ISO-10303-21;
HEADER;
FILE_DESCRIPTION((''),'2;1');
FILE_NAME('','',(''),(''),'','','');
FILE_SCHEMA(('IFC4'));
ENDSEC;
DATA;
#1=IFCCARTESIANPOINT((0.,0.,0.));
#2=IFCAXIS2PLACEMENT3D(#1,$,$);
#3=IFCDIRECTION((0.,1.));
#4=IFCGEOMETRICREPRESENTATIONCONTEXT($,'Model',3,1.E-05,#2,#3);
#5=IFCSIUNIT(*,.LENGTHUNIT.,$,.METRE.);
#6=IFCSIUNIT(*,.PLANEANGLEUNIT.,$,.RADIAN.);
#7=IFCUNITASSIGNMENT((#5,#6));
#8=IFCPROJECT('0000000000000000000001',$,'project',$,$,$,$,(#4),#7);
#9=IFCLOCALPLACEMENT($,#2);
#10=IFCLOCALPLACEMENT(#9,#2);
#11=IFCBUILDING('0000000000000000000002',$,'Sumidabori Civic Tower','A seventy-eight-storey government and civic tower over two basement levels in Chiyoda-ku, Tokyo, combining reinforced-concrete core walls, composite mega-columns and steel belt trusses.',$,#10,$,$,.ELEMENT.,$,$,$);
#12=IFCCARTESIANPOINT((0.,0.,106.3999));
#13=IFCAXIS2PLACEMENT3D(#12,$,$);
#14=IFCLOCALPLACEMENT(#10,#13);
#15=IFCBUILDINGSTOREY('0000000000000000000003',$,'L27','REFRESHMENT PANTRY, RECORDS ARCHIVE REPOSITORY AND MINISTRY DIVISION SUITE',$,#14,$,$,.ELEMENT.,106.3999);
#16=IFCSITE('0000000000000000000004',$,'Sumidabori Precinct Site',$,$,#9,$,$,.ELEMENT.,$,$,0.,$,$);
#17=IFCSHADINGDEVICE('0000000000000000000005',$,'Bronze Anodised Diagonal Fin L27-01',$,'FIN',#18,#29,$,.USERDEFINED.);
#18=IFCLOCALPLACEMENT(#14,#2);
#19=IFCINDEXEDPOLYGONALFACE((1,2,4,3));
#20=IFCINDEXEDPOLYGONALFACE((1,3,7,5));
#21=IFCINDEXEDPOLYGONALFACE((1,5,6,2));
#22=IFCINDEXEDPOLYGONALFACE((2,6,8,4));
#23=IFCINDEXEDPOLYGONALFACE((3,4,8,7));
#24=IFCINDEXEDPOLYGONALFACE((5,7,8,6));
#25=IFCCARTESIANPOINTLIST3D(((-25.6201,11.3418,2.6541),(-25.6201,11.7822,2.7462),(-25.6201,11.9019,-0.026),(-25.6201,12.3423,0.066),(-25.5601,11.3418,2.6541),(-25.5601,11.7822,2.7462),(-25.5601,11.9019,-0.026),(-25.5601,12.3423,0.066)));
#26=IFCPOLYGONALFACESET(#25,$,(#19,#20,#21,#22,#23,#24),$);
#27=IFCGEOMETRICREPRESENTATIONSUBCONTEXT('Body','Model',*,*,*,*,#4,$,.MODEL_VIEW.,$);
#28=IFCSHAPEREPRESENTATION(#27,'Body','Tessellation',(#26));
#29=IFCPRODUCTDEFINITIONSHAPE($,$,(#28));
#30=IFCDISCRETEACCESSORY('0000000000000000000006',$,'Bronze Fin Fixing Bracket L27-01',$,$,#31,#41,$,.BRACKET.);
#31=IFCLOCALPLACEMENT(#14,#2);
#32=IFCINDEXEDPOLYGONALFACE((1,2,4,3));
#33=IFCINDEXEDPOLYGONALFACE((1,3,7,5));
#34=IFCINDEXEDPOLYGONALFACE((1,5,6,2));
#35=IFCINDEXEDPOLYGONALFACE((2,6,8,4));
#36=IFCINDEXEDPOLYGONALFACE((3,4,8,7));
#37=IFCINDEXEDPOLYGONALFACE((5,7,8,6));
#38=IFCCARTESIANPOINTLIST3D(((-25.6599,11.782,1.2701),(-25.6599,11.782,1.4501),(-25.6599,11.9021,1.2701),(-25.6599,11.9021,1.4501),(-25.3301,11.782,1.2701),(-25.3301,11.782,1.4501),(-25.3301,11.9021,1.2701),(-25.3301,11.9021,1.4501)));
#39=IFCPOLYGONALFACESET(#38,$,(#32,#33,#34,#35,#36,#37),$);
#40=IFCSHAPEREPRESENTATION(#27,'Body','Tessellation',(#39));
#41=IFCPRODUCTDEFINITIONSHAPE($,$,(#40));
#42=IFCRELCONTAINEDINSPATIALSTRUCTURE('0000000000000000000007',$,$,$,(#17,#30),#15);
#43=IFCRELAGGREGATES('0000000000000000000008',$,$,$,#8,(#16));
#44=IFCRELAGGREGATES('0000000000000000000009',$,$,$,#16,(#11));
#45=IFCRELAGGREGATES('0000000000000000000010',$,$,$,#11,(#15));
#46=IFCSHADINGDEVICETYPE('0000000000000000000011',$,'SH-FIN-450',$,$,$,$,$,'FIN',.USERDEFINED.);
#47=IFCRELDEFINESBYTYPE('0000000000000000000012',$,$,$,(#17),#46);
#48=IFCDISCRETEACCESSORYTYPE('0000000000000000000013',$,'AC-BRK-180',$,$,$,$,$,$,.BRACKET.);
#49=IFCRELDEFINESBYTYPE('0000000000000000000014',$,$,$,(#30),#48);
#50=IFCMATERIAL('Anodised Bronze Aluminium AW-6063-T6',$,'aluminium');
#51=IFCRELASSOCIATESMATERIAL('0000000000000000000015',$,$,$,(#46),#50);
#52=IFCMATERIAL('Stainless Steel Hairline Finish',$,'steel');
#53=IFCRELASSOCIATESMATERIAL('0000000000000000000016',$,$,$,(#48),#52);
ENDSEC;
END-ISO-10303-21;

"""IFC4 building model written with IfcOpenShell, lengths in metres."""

from ifc_helpers import new_model, si_unit, direction, frame, origin, origin_2d, place, context, subcontext, project, spatial, rectangle, extrude, source, transform, mapped, material, material_profile, profile_set, type_object, element, save


model = new_model("IFC4")

# Units and contexts
model_context = context("Model", 3, precision=1e-05, world=origin(), true_north=direction((0.0, 1.0)))
body_context = subcontext(model_context, "Body", "Model", "MODEL_VIEW")
ifc_project = project(units=[si_unit("LENGTHUNIT", "METRE"), si_unit("PLANEANGLEUNIT", "RADIAN")], contexts=[model_context])

# Site, building, storey
site_placement = place(None, origin())
site = spatial("IfcSite", under=ifc_project, at=site_placement, Name="Sumidabori Precinct Site", CompositionType="ELEMENT", RefElevation=0.0)
building_placement = place(site_placement, origin())
building = spatial("IfcBuilding", under=site, at=building_placement, Name="Sumidabori Civic Tower", Description="A seventy-eight-storey government and civic tower over two basement levels in Chiyoda-ku, Tokyo, combining reinforced-concrete core walls, composite mega-columns and steel belt trusses.", CompositionType="ELEMENT")
storey_placement = place(building_placement, frame((0.0, 0.0, 106.3999)))
storey = spatial("IfcBuildingStorey", under=building, at=storey_placement, Name="L27", Description="REFRESHMENT PANTRY, RECORDS ARCHIVE REPOSITORY AND MINISTRY DIVISION SUITE", CompositionType="ELEMENT", Elevation=106.3999)

# Shared definitions
ifc_material_1 = material(Name="Anodised Bronze Aluminium AW-6063-T6", Category="aluminium")

# Shared definitions
ifc_material_2 = material(Name="Stainless Steel Hairline Finish", Category="steel")

# Shading device
ifc_material_profile_1 = material_profile(ifc_material_1, rectangle(XDim=0.0601, YDim=0.45, at=origin_2d()), Name="BRONZE FIN 450x60")
ifc_profile_set_1 = profile_set([ifc_material_profile_1], Name="Anodised Bronze Aluminium AW-6063-T6")
shading_device_type = type_object("IfcShadingDeviceType", Name="SH-FIN-450", ElementType="FIN", PredefinedType="USERDEFINED", material=ifc_profile_set_1)
shared_shape_1 = source(origin(), body_context, "Body", "SweptSolid", [
    extrude(rectangle(XDim=0.0601, YDim=0.45, at=origin_2d()), origin(), (0.0, 0.0, 1.0), 2.738),
])
shading_device_placement = place(storey_placement, frame((-25.5901, 12.1221, 0.02), z_axis=(0.0, -0.204545, 0.978857), x_axis=(-1.0, 0.0, 0.0)))
element("IfcShadingDevice", 1, at=shading_device_placement, inside=storey, type_object=shading_device_type, Name="Bronze Anodised Diagonal Fin L27-01", ObjectType="FIN", PredefinedType="USERDEFINED", context=body_context, shape_type="MappedRepresentation", body=[
    mapped(shared_shape_1, transform((0.0, 0.0, 0.0), x_axis=(1.0, 0.0, 0.0), y_axis=(0.0, 1.0, 0.0), z_axis=(0.0, 0.0, 1.0), scale=1.0)),
])

# Discrete accessory
ifc_material_profile_2 = material_profile(ifc_material_2, rectangle(XDim=0.1201, YDim=0.1799, at=origin_2d()), Name="STEEL BRACKET 180x120")
ifc_profile_set_2 = profile_set([ifc_material_profile_2], Name="Stainless Steel Hairline Finish")
discrete_accessory_type = type_object("IfcDiscreteAccessoryType", Name="AC-BRK-180", PredefinedType="BRACKET", material=ifc_profile_set_2)
shared_shape_2 = source(origin(), body_context, "Body", "SweptSolid", [
    extrude(rectangle(XDim=0.1201, YDim=0.1799, at=origin_2d()), origin(), (0.0, 0.0, 1.0), 0.3298),
])
discrete_accessory_placement = place(storey_placement, frame((-25.3301, 11.842, 1.3601), z_axis=(-1.0, 0.0, 0.0), x_axis=(0.0, -1.0, 0.0)))
element("IfcDiscreteAccessory", 2, at=discrete_accessory_placement, inside=storey, type_object=discrete_accessory_type, Name="Bronze Fin Fixing Bracket L27-01", PredefinedType="BRACKET", context=body_context, shape_type="MappedRepresentation", body=[
    mapped(shared_shape_2, transform((0.0, 0.0, 0.0), x_axis=(1.0, 0.0, 0.0), y_axis=(0.0, 1.0, 0.0), z_axis=(0.0, 0.0, 1.0), scale=1.0)),
])

save(model, "model.ifc")
